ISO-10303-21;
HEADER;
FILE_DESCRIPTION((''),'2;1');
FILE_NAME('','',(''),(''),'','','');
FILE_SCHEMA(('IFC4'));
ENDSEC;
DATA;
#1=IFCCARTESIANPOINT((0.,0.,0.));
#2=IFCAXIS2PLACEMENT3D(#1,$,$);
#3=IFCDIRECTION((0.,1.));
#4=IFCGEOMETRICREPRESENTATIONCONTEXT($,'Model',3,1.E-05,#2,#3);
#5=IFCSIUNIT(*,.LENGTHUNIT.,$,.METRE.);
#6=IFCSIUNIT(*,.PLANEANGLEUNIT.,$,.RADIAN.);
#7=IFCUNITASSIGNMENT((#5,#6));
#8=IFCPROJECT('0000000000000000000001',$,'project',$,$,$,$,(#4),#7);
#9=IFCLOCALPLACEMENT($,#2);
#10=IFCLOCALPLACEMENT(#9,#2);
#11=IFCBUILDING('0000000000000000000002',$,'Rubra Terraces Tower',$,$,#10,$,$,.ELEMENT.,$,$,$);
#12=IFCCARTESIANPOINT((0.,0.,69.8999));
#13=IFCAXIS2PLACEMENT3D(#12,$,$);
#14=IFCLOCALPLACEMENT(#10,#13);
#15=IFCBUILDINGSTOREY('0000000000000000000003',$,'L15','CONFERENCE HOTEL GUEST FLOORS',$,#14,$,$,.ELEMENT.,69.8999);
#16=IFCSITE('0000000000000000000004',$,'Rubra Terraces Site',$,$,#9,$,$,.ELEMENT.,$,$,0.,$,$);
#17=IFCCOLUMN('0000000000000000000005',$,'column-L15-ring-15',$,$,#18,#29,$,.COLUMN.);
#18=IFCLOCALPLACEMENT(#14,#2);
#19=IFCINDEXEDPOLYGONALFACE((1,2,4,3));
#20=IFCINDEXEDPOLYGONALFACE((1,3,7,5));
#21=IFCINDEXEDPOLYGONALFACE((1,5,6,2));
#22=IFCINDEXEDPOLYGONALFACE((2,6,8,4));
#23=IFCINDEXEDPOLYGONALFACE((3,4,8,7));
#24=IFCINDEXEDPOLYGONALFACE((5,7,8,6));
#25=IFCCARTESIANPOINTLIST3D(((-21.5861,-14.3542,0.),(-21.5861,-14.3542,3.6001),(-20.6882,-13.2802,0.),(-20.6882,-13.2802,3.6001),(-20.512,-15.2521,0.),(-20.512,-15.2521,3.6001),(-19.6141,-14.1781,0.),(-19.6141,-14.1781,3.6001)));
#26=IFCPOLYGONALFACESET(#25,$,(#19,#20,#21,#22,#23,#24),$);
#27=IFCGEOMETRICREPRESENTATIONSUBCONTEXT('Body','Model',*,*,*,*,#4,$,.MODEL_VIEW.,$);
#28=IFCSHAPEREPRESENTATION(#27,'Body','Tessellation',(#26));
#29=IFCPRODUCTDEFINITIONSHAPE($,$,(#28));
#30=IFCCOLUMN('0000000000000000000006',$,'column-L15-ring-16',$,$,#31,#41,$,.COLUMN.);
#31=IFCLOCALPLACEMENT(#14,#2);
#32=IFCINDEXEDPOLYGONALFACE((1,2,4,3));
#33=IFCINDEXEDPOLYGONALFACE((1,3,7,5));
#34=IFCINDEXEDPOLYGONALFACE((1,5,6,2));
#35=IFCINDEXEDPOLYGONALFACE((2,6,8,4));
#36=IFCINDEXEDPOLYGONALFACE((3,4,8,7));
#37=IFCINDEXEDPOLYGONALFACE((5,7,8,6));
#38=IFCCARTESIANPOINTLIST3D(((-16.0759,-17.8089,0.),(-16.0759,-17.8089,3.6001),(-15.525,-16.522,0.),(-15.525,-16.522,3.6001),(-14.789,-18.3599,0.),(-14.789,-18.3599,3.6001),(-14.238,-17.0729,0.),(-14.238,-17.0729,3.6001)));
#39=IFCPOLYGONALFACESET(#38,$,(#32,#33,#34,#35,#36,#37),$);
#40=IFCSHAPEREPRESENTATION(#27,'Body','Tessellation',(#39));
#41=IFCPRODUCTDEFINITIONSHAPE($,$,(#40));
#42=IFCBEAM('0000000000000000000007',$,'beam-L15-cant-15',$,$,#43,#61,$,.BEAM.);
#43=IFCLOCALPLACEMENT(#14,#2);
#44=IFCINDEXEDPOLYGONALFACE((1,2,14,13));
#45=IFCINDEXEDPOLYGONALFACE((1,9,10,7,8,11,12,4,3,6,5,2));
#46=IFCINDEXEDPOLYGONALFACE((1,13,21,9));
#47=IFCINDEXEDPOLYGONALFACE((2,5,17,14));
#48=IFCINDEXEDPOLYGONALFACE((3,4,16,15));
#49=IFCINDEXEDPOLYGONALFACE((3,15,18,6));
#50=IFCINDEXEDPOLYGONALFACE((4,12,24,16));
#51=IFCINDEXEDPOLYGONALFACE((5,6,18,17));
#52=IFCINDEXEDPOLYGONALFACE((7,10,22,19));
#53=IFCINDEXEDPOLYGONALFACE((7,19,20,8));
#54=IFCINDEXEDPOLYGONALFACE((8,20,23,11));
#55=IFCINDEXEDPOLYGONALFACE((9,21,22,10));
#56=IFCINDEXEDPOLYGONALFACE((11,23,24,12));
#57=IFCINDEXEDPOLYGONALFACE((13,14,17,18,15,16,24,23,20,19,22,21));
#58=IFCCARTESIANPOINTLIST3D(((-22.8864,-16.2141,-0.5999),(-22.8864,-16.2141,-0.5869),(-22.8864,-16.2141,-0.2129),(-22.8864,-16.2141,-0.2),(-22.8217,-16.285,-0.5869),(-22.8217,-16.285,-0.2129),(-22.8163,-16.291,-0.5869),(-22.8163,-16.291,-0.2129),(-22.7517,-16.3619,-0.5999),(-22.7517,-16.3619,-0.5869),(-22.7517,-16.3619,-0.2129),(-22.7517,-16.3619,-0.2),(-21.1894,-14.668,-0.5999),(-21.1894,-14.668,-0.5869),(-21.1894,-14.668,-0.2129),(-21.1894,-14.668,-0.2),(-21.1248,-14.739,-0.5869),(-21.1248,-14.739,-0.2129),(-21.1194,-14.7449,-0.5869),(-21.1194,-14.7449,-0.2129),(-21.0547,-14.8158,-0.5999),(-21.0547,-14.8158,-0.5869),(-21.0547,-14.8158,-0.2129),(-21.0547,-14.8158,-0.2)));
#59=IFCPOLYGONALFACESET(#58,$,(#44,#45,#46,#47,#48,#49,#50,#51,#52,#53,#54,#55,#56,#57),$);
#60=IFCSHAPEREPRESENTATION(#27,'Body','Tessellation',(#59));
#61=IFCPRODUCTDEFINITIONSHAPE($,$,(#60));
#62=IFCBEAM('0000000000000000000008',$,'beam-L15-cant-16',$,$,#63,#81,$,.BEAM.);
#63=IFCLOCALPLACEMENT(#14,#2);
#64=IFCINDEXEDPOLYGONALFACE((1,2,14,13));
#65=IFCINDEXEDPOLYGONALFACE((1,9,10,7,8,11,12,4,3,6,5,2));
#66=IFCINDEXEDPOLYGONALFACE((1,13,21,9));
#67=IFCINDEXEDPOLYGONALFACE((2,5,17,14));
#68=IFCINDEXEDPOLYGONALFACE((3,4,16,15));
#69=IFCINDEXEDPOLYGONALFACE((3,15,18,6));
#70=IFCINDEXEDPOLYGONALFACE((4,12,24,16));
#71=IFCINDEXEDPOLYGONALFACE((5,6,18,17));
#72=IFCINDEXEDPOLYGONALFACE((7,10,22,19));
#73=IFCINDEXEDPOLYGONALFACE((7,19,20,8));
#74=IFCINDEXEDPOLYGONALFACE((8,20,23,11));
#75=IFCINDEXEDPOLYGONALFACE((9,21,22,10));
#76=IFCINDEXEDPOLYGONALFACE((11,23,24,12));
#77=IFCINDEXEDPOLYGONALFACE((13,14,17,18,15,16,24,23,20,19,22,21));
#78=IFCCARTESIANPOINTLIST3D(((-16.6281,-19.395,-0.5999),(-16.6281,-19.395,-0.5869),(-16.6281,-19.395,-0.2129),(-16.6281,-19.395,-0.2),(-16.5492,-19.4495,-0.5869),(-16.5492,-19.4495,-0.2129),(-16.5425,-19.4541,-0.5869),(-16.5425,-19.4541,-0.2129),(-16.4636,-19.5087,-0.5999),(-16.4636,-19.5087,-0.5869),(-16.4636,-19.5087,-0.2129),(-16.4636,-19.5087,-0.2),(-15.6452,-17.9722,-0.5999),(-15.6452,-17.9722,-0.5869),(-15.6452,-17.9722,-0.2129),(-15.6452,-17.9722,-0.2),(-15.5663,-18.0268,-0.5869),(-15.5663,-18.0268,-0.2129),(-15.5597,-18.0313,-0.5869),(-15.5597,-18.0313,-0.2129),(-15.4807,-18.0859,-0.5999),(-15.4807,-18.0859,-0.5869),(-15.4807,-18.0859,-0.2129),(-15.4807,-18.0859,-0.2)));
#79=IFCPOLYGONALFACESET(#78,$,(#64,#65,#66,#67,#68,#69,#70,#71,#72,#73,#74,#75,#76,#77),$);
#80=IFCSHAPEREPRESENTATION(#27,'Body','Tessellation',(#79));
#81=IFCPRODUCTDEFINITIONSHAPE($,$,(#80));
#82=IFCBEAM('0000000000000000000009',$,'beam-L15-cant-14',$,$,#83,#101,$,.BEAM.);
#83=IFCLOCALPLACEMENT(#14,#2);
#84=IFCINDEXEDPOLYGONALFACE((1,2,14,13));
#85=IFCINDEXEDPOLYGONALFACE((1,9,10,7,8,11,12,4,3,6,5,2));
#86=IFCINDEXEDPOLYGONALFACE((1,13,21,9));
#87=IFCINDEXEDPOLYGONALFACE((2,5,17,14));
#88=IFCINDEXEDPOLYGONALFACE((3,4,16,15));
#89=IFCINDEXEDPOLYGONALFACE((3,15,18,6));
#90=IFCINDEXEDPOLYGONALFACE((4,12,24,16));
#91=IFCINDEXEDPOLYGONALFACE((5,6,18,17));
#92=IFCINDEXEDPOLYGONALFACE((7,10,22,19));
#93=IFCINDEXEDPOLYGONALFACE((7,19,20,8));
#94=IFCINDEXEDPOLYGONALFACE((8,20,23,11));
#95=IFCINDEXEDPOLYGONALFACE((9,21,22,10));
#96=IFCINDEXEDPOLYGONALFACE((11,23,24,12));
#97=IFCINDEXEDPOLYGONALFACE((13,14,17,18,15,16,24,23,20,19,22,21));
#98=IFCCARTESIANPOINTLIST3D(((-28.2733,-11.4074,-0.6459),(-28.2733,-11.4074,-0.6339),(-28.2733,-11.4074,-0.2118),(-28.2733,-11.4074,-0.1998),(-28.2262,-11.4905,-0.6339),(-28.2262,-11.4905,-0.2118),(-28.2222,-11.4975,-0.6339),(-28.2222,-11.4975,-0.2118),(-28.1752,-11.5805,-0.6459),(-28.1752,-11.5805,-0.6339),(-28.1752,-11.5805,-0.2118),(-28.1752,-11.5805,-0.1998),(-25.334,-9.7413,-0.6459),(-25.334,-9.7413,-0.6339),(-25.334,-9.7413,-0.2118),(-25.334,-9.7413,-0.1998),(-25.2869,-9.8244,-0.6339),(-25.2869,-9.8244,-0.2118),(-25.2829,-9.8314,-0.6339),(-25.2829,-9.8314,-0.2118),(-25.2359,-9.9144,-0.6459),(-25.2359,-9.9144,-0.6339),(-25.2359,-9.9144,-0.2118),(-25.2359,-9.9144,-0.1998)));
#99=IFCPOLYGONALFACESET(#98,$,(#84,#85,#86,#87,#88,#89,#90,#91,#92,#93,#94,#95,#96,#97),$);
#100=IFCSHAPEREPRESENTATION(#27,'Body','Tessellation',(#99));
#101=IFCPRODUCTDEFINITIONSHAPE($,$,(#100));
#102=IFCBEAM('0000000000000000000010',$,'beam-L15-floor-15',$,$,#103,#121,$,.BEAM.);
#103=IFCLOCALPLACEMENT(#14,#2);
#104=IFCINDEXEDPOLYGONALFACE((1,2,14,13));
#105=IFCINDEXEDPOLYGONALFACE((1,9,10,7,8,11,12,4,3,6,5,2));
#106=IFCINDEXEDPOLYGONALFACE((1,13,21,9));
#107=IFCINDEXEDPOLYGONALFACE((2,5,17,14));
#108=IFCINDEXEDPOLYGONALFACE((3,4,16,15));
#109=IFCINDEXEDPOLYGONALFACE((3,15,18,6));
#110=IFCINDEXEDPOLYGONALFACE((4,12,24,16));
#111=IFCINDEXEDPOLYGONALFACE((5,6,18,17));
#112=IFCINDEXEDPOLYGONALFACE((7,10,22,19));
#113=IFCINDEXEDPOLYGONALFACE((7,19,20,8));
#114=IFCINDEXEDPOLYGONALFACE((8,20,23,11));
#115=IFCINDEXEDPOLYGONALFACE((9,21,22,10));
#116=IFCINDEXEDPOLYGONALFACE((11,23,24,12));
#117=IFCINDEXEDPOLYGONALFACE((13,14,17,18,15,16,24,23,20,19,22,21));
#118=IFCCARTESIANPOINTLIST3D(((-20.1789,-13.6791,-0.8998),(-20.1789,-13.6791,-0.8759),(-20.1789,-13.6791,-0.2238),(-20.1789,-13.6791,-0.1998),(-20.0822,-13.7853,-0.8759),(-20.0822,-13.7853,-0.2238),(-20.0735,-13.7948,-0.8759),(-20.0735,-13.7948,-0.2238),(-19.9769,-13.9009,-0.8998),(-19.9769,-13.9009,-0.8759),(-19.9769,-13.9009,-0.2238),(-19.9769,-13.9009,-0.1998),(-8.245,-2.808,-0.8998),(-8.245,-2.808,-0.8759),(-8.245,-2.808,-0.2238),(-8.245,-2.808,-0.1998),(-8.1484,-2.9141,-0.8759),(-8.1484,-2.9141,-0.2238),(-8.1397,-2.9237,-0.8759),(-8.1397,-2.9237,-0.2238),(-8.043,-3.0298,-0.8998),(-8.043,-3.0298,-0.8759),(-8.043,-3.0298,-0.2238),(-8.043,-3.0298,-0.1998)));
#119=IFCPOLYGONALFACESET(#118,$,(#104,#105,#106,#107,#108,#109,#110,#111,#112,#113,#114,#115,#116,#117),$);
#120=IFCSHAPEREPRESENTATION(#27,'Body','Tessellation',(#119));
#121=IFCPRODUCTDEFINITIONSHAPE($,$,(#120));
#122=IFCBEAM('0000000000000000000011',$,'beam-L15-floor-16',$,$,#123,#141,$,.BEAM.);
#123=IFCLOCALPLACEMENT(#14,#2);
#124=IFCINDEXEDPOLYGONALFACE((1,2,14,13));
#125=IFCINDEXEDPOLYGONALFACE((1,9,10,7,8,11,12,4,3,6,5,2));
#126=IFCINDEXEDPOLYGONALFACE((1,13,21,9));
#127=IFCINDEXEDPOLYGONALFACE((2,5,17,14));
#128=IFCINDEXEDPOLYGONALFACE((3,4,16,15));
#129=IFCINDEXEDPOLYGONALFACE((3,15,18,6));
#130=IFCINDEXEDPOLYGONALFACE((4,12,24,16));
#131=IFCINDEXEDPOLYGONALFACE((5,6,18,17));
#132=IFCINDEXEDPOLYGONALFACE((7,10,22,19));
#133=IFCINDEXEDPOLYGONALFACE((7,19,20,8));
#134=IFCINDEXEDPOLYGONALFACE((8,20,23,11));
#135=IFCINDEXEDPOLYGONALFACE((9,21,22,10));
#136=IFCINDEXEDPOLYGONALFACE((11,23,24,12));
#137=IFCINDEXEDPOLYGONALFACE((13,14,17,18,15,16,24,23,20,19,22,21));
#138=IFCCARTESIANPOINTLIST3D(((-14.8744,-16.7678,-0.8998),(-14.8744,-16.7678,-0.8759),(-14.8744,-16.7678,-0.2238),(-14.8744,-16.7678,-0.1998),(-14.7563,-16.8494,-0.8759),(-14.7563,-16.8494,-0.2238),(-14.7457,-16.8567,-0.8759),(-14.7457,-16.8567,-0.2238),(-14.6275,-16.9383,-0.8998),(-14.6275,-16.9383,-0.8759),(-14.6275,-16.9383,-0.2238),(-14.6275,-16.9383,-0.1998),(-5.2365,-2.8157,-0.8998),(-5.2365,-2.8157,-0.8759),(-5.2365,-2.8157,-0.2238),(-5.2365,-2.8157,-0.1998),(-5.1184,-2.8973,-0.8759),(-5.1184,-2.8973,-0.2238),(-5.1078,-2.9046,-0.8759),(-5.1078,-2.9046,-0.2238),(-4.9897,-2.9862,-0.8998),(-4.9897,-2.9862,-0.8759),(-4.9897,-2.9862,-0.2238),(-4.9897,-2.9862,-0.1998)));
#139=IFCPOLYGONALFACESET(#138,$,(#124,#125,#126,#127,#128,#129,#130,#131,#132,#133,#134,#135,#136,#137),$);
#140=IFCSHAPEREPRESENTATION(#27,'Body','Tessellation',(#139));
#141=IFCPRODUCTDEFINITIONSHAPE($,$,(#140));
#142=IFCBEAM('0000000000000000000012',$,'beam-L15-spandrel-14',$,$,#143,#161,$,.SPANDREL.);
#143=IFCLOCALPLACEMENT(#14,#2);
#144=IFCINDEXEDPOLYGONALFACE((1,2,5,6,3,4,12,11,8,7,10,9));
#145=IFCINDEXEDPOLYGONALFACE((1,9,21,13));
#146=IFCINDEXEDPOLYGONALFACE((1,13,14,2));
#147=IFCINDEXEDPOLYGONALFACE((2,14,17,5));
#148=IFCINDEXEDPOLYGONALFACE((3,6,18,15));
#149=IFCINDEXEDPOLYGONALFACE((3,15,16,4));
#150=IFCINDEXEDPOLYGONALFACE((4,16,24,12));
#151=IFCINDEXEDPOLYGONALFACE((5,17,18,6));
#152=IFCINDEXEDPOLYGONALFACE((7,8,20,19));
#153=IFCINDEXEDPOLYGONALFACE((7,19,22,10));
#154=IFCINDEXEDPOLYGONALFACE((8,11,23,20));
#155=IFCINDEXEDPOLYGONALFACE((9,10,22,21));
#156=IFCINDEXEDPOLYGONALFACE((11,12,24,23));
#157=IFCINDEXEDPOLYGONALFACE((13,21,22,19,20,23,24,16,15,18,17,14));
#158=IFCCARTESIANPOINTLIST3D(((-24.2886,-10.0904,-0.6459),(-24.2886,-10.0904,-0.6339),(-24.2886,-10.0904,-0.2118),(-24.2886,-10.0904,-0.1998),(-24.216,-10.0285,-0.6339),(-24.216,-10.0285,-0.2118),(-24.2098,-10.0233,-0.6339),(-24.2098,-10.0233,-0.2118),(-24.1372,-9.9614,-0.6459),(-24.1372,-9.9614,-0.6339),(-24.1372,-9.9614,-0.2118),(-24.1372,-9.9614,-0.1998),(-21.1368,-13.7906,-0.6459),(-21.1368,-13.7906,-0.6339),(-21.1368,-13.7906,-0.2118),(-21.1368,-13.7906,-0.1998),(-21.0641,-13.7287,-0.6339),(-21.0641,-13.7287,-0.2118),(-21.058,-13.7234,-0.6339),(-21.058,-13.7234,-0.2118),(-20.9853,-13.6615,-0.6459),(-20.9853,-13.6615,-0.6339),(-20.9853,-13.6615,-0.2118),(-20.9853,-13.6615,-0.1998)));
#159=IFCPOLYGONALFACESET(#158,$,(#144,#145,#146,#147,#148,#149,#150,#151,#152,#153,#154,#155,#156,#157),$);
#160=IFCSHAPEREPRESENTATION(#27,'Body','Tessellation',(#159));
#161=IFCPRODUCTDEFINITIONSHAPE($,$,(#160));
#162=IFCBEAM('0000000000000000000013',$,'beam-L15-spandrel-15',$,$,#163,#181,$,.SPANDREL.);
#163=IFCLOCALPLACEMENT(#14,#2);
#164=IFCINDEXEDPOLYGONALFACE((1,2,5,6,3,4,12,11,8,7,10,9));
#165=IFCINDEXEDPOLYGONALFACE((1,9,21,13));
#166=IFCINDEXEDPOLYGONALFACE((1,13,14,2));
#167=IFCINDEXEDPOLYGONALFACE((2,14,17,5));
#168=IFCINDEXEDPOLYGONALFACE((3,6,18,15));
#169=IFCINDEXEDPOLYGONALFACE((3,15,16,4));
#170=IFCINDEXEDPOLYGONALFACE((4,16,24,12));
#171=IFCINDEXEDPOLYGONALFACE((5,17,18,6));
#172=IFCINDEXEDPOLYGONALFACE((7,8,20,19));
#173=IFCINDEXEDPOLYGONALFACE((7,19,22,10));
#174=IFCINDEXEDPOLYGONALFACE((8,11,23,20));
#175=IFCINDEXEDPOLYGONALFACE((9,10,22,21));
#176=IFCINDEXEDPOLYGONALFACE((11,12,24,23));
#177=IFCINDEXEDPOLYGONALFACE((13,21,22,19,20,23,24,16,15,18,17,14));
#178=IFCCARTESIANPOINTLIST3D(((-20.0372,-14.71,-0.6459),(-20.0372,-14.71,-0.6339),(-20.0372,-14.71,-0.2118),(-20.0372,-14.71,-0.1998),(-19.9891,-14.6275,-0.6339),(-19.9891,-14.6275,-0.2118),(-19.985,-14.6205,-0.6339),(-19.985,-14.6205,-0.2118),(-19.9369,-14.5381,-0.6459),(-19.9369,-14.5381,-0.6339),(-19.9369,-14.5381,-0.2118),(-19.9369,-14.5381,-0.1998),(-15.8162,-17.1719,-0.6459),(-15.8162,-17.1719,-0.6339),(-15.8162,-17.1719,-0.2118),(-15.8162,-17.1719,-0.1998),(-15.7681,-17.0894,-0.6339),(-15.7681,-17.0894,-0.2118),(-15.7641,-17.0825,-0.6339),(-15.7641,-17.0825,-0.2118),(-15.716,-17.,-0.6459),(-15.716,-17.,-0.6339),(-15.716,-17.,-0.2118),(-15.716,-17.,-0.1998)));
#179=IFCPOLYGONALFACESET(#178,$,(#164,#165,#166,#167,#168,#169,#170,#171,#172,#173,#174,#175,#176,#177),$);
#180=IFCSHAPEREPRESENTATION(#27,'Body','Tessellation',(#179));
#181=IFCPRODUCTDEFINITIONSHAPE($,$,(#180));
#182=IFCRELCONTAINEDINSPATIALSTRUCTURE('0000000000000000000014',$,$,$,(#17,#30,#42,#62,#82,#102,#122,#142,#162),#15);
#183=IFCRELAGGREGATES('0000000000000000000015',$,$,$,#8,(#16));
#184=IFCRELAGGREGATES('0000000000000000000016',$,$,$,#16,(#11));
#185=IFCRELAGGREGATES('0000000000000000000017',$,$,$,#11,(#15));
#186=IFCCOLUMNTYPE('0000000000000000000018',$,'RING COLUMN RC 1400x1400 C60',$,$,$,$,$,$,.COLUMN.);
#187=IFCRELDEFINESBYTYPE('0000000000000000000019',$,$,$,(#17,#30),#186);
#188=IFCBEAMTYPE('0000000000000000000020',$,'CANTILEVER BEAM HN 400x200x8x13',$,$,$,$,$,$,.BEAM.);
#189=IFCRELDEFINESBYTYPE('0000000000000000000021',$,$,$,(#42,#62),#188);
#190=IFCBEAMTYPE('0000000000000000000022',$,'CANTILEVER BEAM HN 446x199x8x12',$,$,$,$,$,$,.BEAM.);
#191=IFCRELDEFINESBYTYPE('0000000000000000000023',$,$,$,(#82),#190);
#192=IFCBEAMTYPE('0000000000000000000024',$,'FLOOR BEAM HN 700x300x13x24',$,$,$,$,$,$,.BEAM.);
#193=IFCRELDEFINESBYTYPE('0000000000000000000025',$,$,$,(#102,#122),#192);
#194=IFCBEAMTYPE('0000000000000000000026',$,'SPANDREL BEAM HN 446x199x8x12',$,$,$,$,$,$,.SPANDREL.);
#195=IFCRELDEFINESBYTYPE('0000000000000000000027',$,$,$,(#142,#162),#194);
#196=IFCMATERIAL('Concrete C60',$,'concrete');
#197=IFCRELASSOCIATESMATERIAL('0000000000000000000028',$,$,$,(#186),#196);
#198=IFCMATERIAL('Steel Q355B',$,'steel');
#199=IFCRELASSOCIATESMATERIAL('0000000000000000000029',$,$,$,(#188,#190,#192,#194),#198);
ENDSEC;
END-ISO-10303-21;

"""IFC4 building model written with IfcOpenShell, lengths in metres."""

from ifc_helpers import new_model, si_unit, direction, frame, origin, origin_2d, place, context, subcontext, project, spatial, rectangle, i_section, extrude, material, material_profile, profile_set, type_object, element, save


model = new_model("IFC4")

# Units and contexts
model_context = context("Model", 3, precision=1e-05, world=origin(), true_north=direction((0.0, 1.0)))
body_context = subcontext(model_context, "Body", "Model", "MODEL_VIEW")
ifc_project = project(units=[si_unit("LENGTHUNIT", "METRE"), si_unit("PLANEANGLEUNIT", "RADIAN")], contexts=[model_context])

# Site, building, storey
site_placement = place(None, origin())
site = spatial("IfcSite", under=ifc_project, at=site_placement, Name="Rubra Terraces Site", CompositionType="ELEMENT", RefElevation=0.0)
building_placement = place(site_placement, origin())
building = spatial("IfcBuilding", under=site, at=building_placement, Name="Rubra Terraces Tower", CompositionType="ELEMENT")
storey_placement = place(building_placement, frame((0.0, 0.0, 69.8999)))
storey = spatial("IfcBuildingStorey", under=building, at=storey_placement, Name="L15", Description="CONFERENCE HOTEL GUEST FLOORS", CompositionType="ELEMENT", Elevation=69.8999)

# Columns
ifc_material_1 = material(Name="Concrete C60", Category="concrete")
ifc_material_profile_1 = material_profile(ifc_material_1, rectangle(XDim=1.3999, YDim=1.3999, at=origin_2d()), Name="RC 1400x1400")
ifc_profile_set_1 = profile_set([ifc_material_profile_1], Name="Concrete C60")
column_type = type_object("IfcColumnType", Name="RING COLUMN RC 1400x1400 C60", PredefinedType="COLUMN", material=ifc_profile_set_1)
for number, where, z_axis, x_axis, name in (
    (1, (-20.6001, -14.2661, 0.0), (0.0, 0.0, 1.0), (0.76721, -0.641397, 0.0), "column-L15-ring-15"),
    (2, (-15.157, -17.4409, 0.0), (0.0, 0.0, 1.0), (0.919294, -0.393572, 0.0), "column-L15-ring-16"),
):
    element("IfcColumn", number, at=place(storey_placement, frame(where, z_axis=z_axis, x_axis=x_axis)), inside=storey, type_object=column_type, Name=name, PredefinedType="COLUMN", context=body_context, shape_type="SweptSolid", body=[
        extrude(rectangle(XDim=1.3999, YDim=1.3999, at=origin_2d()), origin(), (0.0, 0.0, 1.0), 3.6001),
    ])

# Beams
ifc_material_2 = material(Name="Steel Q355B", Category="steel")
ifc_material_profile_2 = material_profile(ifc_material_2, i_section(OverallWidth=0.2, OverallDepth=0.3999, WebThickness=0.0081, FlangeThickness=0.0129, at=origin_2d()), Name="HN 400x200x8x13")
ifc_profile_set_2 = profile_set([ifc_material_profile_2], Name="Steel Q355B")
beam_type_1 = type_object("IfcBeamType", Name="CANTILEVER BEAM HN 400x200x8x13", PredefinedType="BEAM", material=ifc_profile_set_2)
beam_1_placement = place(storey_placement, frame((-21.1221, -14.7419, -0.3999), z_axis=(-0.739203, -0.673482, 0.0), x_axis=(0.673482, -0.739203, 0.0)))
element("IfcBeam", 3, at=beam_1_placement, inside=storey, type_object=beam_type_1, Name="beam-L15-cant-15", PredefinedType="BEAM", context=body_context, shape_type="SweptSolid", body=[
    extrude(i_section(OverallWidth=0.2, OverallDepth=0.3999, WebThickness=0.0081, FlangeThickness=0.0129, at=origin_2d()), origin(), (0.0, 0.0, 1.0), 2.2957),
])
beam_2_placement = place(storey_placement, frame((-15.563, -18.0291, -0.3999), z_axis=(-0.568373, -0.822771, 0.0), x_axis=(0.822771, -0.568373, 0.0)))
element("IfcBeam", 4, at=beam_2_placement, inside=storey, type_object=beam_type_1, Name="beam-L15-cant-16", PredefinedType="BEAM", context=body_context, shape_type="SweptSolid", body=[
    extrude(i_section(OverallWidth=0.2, OverallDepth=0.3999, WebThickness=0.0081, FlangeThickness=0.0129, at=origin_2d()), origin(), (0.0, 0.0, 1.0), 1.7292),
])
ifc_material_profile_3 = material_profile(ifc_material_2, i_section(OverallWidth=0.199, OverallDepth=0.446, WebThickness=0.0081, FlangeThickness=0.012, at=origin_2d()), Name="HN 446x199x8x12")
ifc_profile_set_3 = profile_set([ifc_material_profile_3], Name="Steel Q355B")
beam_type_2 = type_object("IfcBeamType", Name="CANTILEVER BEAM HN 446x199x8x12", PredefinedType="BEAM", material=ifc_profile_set_3)
beam_3_placement = place(storey_placement, frame((-25.2849, -9.8279, -0.4229), z_axis=(-0.869963, -0.493116, 0.0), x_axis=(0.493116, -0.869963, 0.0)))
element("IfcBeam", 5, at=beam_3_placement, inside=storey, type_object=beam_type_2, Name="beam-L15-cant-14", PredefinedType="BEAM", context=body_context, shape_type="SweptSolid", body=[
    extrude(i_section(OverallWidth=0.199, OverallDepth=0.446, WebThickness=0.0081, FlangeThickness=0.012, at=origin_2d()), origin(), (0.0, 0.0, 1.0), 3.3787),
])
ifc_material_profile_4 = material_profile(ifc_material_2, i_section(OverallWidth=0.3, OverallDepth=0.7, WebThickness=0.0129, FlangeThickness=0.0239, at=origin_2d()), Name="HN 700x300x13x24")
ifc_profile_set_4 = profile_set([ifc_material_profile_4], Name="Steel Q355B")
beam_type_3 = type_object("IfcBeamType", Name="FLOOR BEAM HN 700x300x13x24", PredefinedType="BEAM", material=ifc_profile_set_4)
beam_4_placement = place(storey_placement, frame((-20.0779, -13.79, -0.5498), z_axis=(0.739257, 0.673424, 0.0), x_axis=(-0.673424, 0.739257, 0.0)))
element("IfcBeam", 6, at=beam_4_placement, inside=storey, type_object=beam_type_3, Name="beam-L15-floor-15", PredefinedType="BEAM", context=body_context, shape_type="SweptSolid", body=[
    extrude(i_section(OverallWidth=0.3, OverallDepth=0.7, WebThickness=0.0129, FlangeThickness=0.0239, at=origin_2d()), origin(), (0.0, 0.0, 1.0), 16.1431),
])
beam_5_placement = place(storey_placement, frame((-14.751, -16.853, -0.5498), z_axis=(0.568363, 0.822778, 0.0), x_axis=(-0.822778, 0.568363, 0.0)))
element("IfcBeam", 7, at=beam_5_placement, inside=storey, type_object=beam_type_3, Name="beam-L15-floor-16", PredefinedType="BEAM", context=body_context, shape_type="SweptSolid", body=[
    extrude(i_section(OverallWidth=0.3, OverallDepth=0.7, WebThickness=0.0129, FlangeThickness=0.0239, at=origin_2d()), origin(), (0.0, 0.0, 1.0), 16.9573),
])
ifc_material_profile_5 = material_profile(ifc_material_2, i_section(OverallWidth=0.199, OverallDepth=0.446, WebThickness=0.0081, FlangeThickness=0.012, at=origin_2d()), Name="HN 446x199x8x12")
ifc_profile_set_5 = profile_set([ifc_material_profile_5], Name="Steel Q355B")
beam_type_4 = type_object("IfcBeamType", Name="SPANDREL BEAM HN 446x199x8x12", PredefinedType="SPANDREL", material=ifc_profile_set_5)
beam_6_placement = place(storey_placement, frame((-24.2129, -10.0259, -0.4229), z_axis=(0.648447, -0.76126, 0.0), x_axis=(0.76126, 0.648447, 0.0)))
element("IfcBeam", 8, at=beam_6_placement, inside=storey, type_object=beam_type_4, Name="beam-L15-spandrel-14", PredefinedType="SPANDREL", context=body_context, shape_type="SweptSolid", body=[
    extrude(i_section(OverallWidth=0.199, OverallDepth=0.446, WebThickness=0.0081, FlangeThickness=0.012, at=origin_2d()), origin(), (0.0, 0.0, 1.0), 4.8606),
])
beam_7_placement = place(storey_placement, frame((-19.9871, -14.624, -0.4229), z_axis=(0.863806, -0.503824, 0.0), x_axis=(0.503824, 0.863806, 0.0)))
element("IfcBeam", 9, at=beam_7_placement, inside=storey, type_object=beam_type_4, Name="beam-L15-spandrel-15", PredefinedType="SPANDREL", context=body_context, shape_type="SweptSolid", body=[
    extrude(i_section(OverallWidth=0.199, OverallDepth=0.446, WebThickness=0.0081, FlangeThickness=0.012, at=origin_2d()), origin(), (0.0, 0.0, 1.0), 4.8865),
])

save(model, "model.ifc")
